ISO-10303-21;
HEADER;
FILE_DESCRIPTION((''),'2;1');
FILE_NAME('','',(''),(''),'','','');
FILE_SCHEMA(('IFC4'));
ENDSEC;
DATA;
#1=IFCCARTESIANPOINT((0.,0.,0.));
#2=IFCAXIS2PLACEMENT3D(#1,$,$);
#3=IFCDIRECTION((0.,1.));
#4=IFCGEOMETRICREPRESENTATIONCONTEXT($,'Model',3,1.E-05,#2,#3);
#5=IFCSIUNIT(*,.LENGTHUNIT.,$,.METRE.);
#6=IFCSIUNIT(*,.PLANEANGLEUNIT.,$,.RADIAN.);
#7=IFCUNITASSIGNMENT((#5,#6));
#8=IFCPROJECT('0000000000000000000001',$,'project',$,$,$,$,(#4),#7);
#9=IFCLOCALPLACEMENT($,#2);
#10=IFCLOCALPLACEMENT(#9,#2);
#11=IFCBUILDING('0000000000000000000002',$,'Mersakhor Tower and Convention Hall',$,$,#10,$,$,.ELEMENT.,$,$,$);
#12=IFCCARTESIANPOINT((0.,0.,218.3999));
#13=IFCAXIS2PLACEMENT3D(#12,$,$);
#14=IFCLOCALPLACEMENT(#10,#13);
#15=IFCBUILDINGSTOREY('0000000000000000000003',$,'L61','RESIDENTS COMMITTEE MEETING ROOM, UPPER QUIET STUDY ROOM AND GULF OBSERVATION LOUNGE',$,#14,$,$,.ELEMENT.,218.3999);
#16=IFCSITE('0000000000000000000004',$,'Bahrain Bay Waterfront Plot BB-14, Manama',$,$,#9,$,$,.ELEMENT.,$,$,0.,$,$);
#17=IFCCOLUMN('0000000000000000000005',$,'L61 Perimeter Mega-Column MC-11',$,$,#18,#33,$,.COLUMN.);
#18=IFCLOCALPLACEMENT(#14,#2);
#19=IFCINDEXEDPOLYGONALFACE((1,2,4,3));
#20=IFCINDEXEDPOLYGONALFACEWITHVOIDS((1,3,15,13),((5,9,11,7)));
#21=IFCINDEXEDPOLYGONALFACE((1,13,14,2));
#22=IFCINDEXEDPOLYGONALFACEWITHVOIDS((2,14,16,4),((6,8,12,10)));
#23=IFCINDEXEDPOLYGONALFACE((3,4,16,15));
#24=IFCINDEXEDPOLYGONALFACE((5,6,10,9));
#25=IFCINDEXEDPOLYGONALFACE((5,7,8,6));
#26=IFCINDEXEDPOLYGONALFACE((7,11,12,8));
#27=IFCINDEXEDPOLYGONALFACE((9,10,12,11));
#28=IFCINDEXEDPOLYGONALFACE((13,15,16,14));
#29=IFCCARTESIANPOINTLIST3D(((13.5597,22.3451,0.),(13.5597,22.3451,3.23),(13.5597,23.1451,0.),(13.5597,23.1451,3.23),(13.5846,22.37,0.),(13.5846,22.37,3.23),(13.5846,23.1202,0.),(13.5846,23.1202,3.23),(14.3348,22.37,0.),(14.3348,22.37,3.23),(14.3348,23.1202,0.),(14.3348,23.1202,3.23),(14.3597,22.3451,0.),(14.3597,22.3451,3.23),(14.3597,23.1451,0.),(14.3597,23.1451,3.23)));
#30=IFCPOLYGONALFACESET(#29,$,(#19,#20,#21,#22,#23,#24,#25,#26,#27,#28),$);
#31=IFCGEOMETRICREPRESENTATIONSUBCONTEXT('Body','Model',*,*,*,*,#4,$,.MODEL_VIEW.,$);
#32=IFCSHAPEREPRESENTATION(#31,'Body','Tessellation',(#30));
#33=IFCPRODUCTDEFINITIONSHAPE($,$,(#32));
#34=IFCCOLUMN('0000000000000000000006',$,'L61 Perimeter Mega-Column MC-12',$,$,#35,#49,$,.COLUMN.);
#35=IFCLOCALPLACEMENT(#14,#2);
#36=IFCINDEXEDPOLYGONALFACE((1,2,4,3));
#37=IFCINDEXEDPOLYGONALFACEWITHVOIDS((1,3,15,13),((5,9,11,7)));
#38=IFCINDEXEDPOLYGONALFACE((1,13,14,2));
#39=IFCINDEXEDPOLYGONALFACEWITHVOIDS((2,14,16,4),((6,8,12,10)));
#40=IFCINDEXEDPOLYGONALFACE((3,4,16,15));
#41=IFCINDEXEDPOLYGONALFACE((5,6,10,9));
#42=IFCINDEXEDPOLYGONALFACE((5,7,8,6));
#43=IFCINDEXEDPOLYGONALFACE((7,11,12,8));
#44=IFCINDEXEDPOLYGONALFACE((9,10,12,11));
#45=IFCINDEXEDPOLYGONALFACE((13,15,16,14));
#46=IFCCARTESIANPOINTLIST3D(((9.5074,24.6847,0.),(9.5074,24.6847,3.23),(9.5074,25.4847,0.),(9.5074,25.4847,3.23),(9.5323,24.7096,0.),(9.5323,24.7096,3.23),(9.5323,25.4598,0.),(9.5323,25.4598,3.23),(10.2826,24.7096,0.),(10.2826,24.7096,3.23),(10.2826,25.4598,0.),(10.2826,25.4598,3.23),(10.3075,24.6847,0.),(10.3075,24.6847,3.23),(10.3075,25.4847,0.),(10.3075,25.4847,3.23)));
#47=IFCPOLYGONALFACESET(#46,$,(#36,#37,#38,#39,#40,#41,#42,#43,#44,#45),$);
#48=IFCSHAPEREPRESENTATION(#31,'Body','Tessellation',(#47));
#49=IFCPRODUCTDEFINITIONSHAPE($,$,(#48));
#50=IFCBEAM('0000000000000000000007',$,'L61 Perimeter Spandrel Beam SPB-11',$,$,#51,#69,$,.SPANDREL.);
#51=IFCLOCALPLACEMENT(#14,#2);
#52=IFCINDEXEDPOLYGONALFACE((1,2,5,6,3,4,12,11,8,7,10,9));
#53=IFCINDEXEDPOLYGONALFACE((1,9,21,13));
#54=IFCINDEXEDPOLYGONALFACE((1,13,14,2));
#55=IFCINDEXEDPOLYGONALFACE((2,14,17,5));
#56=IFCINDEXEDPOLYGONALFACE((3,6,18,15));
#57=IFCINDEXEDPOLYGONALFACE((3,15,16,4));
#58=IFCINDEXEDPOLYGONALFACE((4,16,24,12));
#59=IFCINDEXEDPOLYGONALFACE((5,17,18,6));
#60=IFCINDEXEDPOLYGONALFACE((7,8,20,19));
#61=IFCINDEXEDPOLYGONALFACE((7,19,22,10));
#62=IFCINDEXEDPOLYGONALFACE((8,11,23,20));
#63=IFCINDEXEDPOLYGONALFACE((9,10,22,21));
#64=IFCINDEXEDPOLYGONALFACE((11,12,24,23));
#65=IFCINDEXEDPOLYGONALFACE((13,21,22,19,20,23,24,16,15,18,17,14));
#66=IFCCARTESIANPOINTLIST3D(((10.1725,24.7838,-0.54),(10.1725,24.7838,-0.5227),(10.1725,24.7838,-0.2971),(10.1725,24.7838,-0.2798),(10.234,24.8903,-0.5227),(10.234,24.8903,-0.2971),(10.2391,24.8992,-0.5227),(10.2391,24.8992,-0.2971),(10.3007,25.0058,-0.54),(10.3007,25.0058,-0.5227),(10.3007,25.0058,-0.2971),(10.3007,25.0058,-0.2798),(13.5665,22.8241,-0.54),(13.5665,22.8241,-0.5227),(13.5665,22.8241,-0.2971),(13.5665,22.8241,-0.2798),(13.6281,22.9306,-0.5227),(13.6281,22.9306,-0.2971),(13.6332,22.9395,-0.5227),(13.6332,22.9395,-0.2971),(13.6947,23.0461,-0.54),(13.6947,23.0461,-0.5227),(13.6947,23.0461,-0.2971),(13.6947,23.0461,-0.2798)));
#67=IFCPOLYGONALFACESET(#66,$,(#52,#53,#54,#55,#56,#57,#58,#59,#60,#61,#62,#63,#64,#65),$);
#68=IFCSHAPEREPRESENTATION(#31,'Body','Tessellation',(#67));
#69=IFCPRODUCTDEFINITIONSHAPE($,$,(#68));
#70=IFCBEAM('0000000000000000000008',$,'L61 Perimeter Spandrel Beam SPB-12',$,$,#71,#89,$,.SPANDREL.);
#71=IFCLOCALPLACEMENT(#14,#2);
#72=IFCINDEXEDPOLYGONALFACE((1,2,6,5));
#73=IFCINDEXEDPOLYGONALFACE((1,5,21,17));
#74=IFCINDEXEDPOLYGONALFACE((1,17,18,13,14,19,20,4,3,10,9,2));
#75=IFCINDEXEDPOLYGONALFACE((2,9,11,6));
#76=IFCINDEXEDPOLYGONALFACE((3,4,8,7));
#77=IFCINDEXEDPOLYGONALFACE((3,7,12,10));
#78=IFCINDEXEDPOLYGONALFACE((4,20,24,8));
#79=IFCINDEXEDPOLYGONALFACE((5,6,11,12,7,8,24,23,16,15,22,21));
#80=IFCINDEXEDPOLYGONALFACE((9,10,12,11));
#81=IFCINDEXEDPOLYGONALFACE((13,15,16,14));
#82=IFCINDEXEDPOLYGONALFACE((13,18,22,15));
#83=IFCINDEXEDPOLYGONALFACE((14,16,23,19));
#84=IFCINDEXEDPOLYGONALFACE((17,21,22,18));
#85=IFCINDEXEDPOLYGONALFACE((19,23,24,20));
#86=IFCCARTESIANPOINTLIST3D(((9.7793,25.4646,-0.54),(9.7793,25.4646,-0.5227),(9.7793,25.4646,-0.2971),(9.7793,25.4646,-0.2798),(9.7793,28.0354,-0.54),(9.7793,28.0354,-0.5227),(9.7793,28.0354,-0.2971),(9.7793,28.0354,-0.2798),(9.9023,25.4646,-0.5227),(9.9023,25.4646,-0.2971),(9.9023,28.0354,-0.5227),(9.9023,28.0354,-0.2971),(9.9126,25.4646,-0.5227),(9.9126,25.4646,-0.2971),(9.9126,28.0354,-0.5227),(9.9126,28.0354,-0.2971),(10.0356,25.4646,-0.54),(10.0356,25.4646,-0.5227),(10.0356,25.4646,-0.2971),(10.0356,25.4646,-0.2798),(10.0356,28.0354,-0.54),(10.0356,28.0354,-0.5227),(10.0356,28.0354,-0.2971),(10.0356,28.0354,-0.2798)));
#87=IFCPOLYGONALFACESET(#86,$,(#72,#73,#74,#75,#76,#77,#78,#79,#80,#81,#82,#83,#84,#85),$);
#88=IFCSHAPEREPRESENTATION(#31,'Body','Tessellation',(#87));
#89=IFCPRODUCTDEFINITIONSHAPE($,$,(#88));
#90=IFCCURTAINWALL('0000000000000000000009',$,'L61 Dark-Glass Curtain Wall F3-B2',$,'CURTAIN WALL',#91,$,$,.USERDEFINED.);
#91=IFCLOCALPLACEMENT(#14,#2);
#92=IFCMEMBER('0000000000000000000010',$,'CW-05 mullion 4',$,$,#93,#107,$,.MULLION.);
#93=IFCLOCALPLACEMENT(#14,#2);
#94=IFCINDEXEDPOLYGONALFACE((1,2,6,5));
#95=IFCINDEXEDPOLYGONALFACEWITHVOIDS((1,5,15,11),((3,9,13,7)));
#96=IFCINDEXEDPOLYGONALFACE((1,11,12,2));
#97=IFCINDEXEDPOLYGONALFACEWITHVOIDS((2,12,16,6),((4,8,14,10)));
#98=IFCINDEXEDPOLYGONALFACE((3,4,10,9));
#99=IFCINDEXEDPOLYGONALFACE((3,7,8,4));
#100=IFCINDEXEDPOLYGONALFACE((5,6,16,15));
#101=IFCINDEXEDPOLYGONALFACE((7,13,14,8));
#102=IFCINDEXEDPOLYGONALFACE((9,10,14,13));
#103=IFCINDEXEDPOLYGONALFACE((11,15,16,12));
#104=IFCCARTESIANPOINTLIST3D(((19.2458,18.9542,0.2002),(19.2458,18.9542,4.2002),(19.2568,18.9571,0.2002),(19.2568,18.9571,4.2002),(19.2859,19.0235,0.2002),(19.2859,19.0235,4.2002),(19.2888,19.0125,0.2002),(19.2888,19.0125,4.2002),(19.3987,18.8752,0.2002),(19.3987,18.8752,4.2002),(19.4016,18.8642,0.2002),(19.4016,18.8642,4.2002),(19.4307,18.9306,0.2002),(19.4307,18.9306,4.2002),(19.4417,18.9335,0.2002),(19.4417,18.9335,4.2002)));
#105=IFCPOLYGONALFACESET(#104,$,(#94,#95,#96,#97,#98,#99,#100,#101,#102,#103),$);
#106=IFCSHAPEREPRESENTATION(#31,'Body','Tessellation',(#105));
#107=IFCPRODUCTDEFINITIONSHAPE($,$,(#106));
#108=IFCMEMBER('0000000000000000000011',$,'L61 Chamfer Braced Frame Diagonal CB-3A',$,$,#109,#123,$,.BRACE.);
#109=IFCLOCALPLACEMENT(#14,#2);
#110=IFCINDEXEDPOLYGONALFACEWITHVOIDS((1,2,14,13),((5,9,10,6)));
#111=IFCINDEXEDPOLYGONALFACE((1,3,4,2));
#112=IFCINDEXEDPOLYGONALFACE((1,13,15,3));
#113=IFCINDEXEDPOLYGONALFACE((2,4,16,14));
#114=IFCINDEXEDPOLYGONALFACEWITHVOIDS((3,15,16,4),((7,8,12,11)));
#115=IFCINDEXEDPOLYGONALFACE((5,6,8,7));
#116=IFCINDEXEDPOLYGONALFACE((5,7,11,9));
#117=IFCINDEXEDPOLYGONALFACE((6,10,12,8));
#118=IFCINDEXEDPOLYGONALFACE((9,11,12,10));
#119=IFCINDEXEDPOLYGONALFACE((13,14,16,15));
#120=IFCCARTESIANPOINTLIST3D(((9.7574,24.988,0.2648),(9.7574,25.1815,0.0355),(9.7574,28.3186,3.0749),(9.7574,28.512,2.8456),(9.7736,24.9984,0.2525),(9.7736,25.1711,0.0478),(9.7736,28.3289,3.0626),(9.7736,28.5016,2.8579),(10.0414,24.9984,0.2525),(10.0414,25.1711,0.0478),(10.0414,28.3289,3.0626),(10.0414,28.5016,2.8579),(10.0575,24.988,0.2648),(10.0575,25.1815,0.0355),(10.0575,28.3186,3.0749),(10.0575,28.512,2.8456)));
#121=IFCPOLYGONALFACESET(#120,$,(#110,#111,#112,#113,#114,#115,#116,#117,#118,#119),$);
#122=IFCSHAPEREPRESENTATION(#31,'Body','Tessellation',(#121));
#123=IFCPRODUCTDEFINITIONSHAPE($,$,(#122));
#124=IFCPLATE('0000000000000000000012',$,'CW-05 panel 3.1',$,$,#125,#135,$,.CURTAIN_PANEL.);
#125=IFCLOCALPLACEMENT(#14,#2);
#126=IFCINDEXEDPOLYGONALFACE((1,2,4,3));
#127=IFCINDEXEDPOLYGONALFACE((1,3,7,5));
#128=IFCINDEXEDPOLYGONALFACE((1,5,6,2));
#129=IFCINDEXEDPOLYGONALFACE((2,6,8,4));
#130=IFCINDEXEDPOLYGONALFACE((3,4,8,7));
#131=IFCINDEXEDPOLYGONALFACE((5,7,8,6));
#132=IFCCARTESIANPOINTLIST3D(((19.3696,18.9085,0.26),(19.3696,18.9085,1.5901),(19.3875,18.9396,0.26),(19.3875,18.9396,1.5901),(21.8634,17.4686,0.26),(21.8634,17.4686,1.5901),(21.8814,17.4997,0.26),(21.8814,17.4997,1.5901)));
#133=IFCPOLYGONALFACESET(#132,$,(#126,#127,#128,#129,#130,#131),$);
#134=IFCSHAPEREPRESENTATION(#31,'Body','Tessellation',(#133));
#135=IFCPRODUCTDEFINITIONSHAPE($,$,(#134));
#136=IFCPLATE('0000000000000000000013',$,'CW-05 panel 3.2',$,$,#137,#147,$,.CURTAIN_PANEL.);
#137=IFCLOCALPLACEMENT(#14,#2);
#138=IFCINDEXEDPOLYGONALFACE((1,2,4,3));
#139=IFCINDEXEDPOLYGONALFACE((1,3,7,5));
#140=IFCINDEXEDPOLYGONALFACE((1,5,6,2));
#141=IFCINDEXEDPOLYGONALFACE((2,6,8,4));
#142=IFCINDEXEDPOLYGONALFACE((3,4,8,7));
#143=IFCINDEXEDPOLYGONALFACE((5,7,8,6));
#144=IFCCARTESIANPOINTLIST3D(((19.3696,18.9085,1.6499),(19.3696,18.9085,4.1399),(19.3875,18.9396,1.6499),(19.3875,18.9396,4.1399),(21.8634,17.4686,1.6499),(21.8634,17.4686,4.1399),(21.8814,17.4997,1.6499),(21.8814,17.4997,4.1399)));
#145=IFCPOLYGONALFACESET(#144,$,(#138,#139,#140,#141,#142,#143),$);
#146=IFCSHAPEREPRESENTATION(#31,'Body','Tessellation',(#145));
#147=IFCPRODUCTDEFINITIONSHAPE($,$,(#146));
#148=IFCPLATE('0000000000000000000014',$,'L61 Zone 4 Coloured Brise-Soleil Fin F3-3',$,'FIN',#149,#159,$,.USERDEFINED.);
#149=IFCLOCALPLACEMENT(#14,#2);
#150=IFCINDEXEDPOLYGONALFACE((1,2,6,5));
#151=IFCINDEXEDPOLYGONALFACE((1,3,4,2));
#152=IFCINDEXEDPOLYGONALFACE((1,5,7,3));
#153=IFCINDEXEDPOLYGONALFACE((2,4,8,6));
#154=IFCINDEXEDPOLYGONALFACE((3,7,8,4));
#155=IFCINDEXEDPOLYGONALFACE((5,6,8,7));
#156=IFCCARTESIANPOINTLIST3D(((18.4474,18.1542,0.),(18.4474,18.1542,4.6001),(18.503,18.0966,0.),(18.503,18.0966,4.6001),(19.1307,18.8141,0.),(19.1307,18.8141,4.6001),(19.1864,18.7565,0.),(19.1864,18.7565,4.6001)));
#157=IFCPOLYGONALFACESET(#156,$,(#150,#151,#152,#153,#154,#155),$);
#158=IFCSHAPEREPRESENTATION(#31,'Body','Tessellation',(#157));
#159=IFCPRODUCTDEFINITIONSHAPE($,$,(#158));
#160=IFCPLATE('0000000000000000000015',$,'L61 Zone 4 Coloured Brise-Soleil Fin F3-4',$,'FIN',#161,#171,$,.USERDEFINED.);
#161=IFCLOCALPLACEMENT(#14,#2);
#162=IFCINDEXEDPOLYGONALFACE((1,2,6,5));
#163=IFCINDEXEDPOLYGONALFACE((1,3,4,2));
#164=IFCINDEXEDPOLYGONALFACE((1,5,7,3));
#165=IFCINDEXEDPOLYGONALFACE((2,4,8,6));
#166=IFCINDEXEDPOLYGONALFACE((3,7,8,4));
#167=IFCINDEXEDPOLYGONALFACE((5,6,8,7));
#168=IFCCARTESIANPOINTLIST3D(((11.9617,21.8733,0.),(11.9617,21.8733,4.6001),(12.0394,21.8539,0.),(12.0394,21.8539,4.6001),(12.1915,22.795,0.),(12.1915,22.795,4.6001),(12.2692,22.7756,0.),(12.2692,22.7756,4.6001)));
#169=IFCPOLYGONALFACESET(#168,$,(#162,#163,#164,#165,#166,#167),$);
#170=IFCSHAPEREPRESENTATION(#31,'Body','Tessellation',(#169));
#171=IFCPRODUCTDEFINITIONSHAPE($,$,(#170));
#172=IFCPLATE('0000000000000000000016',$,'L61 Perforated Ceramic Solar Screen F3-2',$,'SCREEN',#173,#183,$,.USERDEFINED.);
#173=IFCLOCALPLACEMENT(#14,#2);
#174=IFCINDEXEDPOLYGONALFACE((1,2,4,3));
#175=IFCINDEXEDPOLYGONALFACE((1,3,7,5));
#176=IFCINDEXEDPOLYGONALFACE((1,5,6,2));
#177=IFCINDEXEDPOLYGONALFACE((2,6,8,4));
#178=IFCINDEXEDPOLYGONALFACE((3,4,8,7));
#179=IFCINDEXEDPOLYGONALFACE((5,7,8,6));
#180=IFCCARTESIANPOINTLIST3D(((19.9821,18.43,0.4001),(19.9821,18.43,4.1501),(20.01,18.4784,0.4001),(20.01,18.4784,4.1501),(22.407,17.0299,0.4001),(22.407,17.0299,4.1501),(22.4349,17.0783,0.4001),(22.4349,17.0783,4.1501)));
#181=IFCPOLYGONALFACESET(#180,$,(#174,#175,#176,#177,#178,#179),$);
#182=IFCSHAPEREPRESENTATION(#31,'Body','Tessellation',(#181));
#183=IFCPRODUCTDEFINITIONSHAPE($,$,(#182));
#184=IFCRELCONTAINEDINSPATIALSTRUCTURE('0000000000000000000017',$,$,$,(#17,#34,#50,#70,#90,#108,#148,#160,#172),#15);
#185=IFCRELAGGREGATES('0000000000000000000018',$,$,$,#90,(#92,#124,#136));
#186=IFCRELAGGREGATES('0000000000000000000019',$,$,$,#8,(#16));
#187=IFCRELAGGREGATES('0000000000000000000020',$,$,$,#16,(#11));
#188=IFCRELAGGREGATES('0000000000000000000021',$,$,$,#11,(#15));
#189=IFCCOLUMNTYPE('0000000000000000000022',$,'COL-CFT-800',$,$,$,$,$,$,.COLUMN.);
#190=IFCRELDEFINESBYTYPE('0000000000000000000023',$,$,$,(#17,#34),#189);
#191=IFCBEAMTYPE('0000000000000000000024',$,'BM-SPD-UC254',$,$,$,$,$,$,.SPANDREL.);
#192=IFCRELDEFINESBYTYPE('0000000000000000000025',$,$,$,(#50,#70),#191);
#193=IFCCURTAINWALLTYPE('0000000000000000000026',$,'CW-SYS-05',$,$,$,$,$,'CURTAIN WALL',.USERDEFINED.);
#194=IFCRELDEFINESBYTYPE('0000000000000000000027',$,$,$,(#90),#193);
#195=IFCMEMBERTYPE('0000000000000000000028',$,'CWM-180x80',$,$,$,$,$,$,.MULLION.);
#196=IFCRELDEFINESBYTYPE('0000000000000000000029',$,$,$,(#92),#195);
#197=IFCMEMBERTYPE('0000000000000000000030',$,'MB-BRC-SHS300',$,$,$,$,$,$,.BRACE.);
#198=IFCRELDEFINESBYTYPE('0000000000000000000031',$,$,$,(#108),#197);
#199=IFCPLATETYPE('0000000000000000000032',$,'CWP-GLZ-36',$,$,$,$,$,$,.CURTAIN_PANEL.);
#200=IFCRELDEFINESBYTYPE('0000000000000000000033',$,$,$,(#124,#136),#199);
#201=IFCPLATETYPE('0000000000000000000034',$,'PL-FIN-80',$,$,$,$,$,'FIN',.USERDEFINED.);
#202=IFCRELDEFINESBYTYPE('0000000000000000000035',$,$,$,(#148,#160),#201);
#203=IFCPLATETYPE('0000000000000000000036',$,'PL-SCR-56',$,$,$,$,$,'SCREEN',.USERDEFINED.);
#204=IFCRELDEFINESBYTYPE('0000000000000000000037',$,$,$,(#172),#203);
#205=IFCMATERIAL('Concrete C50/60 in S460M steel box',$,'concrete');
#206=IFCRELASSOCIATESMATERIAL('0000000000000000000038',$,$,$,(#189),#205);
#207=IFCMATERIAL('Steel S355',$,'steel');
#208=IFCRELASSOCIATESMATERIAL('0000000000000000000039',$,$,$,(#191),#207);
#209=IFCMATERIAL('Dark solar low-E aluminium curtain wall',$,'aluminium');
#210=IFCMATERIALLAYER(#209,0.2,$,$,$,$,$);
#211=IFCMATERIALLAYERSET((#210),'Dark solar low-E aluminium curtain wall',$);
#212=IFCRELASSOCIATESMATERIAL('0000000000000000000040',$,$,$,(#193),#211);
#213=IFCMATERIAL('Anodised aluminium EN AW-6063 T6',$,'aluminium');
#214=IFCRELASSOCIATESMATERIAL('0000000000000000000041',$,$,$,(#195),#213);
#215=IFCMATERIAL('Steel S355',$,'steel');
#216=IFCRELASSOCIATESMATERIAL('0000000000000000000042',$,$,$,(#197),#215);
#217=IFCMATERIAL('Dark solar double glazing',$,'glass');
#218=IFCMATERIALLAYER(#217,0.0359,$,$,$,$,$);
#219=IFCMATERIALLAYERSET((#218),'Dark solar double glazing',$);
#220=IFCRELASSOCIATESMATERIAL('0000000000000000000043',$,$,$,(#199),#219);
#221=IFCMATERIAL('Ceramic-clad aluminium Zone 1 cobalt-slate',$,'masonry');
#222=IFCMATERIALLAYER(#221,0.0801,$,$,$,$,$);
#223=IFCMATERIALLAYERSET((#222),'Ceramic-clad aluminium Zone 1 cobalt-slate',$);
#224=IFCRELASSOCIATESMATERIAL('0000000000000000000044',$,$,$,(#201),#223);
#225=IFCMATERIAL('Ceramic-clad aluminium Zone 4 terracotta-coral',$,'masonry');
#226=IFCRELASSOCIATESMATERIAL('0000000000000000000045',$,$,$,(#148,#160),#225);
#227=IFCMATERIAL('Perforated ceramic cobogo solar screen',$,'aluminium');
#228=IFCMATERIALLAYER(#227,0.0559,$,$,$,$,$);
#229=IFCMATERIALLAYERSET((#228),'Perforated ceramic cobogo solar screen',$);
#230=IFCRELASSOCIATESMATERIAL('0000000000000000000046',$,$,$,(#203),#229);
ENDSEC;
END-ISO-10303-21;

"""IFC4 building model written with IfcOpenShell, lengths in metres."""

from ifc_helpers import new_model, si_unit, direction, frame, origin, origin_2d, place, context, subcontext, project, spatial, rectangle, hollow_rectangle, i_section, extrude, material, layer, layer_set, material_profile, profile_set, type_object, element, aggregate, save


model = new_model("IFC4")

# Units and contexts
model_context = context("Model", 3, precision=1e-05, world=origin(), true_north=direction((0.0, 1.0)))
body_context = subcontext(model_context, "Body", "Model", "MODEL_VIEW")
ifc_project = project(units=[si_unit("LENGTHUNIT", "METRE"), si_unit("PLANEANGLEUNIT", "RADIAN")], contexts=[model_context])

# Site, building, storey
site_placement = place(None, origin())
site = spatial("IfcSite", under=ifc_project, at=site_placement, Name="Bahrain Bay Waterfront Plot BB-14, Manama", CompositionType="ELEMENT", RefElevation=0.0)
building_placement = place(site_placement, origin())
building = spatial("IfcBuilding", under=site, at=building_placement, Name="Mersakhor Tower and Convention Hall", CompositionType="ELEMENT")
storey_placement = place(building_placement, frame((0.0, 0.0, 218.3999)))
storey = spatial("IfcBuildingStorey", under=building, at=storey_placement, Name="L61", Description="RESIDENTS COMMITTEE MEETING ROOM, UPPER QUIET STUDY ROOM AND GULF OBSERVATION LOUNGE", CompositionType="ELEMENT", Elevation=218.3999)

# Columns
ifc_material_1 = material(Name="Concrete C50/60 in S460M steel box", Category="concrete")
ifc_material_profile_1 = material_profile(ifc_material_1, hollow_rectangle(XDim=0.8, YDim=0.8, WallThickness=0.0249, at=origin_2d()), Name="SHS 800x800x25")
ifc_profile_set_1 = profile_set([ifc_material_profile_1], Name="Concrete C50/60 in S460M steel box")
column_type = type_object("IfcColumnType", Name="COL-CFT-800", PredefinedType="COLUMN", material=ifc_profile_set_1)
for number, where, z_axis, x_axis, name in (
    (1, (13.9597, 22.7451, 0.0), (0.0, 0.0, 1.0), (1.0, 0.0, 0.0), "L61 Perimeter Mega-Column MC-11"),
    (2, (9.9075, 25.0847, 0.0), (0.0, 0.0, 1.0), (1.0, 0.0, 0.0), "L61 Perimeter Mega-Column MC-12"),
):
    element("IfcColumn", number, at=place(storey_placement, frame(where, z_axis=z_axis, x_axis=x_axis)), inside=storey, type_object=column_type, Name=name, PredefinedType="COLUMN", context=body_context, shape_type="SweptSolid", body=[
        extrude(hollow_rectangle(XDim=0.8, YDim=0.8, WallThickness=0.0249, at=origin_2d()), origin(), (0.0, 0.0, 1.0), 3.23),
    ])

# Beams
ifc_material_2 = material(Name="Steel S355", Category="steel")
ifc_material_profile_2 = material_profile(ifc_material_2, i_section(OverallWidth=0.2563, OverallDepth=0.2603, WebThickness=0.0103, FlangeThickness=0.0173, at=origin_2d()), Name="UC 254x254x89")
ifc_profile_set_2 = profile_set([ifc_material_profile_2], Name="Steel S355")
beam_type = type_object("IfcBeamType", Name="BM-SPD-UC254", PredefinedType="SPANDREL", material=ifc_profile_set_2)
beam_1_placement = place(storey_placement, frame((13.6306, 22.9351, -0.4099), z_axis=(-0.866007, 0.500032, 0.0), x_axis=(-0.500032, -0.866007, 0.0)))
element("IfcBeam", 3, at=beam_1_placement, inside=storey, type_object=beam_type, Name="L61 Perimeter Spandrel Beam SPB-11", PredefinedType="SPANDREL", context=body_context, shape_type="SweptSolid", body=[
    extrude(i_section(OverallWidth=0.2563, OverallDepth=0.2603, WebThickness=0.0103, FlangeThickness=0.0173, at=origin_2d()), origin(), (0.0, 0.0, 1.0), 3.9192),
])
beam_2_placement = place(storey_placement, frame((9.9075, 25.4646, -0.4099), z_axis=(0.0, 1.0, 0.0), x_axis=(-1.0, 0.0, 0.0)))
element("IfcBeam", 4, at=beam_2_placement, inside=storey, type_object=beam_type, Name="L61 Perimeter Spandrel Beam SPB-12", PredefinedType="SPANDREL", context=body_context, shape_type="SweptSolid", body=[
    extrude(i_section(OverallWidth=0.2563, OverallDepth=0.2603, WebThickness=0.0103, FlangeThickness=0.0173, at=origin_2d()), origin(), (0.0, 0.0, 1.0), 2.5708),
])

# Curtain wall, member
ifc_material_3 = material(Name="Dark solar low-E aluminium curtain wall", Category="aluminium")
ifc_layer_1 = layer(ifc_material_3, 0.2)
ifc_layer_set_1 = layer_set([ifc_layer_1], Name="Dark solar low-E aluminium curtain wall")
curtain_wall_type = type_object("IfcCurtainWallType", Name="CW-SYS-05", ElementType="CURTAIN WALL", PredefinedType="USERDEFINED", material=ifc_layer_set_1)
curtain_wall_placement = place(storey_placement, origin())
curtain_wall = element("IfcCurtainWall", 5, at=curtain_wall_placement, inside=storey, type_object=curtain_wall_type, Name="L61 Dark-Glass Curtain Wall F3-B2", ObjectType="CURTAIN WALL", PredefinedType="USERDEFINED")
ifc_material_4 = material(Name="Anodised aluminium EN AW-6063 T6", Category="aluminium")
ifc_material_profile_3 = material_profile(ifc_material_4, hollow_rectangle(XDim=0.0801, YDim=0.1799, WallThickness=0.0081, at=origin_2d()), Name="RHS 180x80x8")
ifc_profile_set_3 = profile_set([ifc_material_profile_3], Name="Anodised aluminium EN AW-6063 T6")
member_type_1 = type_object("IfcMemberType", Name="CWM-180x80", PredefinedType="MULLION", material=ifc_profile_set_3)
member_1_placement = place(storey_placement, frame((19.3438, 18.9438, 0.2002), z_axis=(0.0, 0.0, 1.0), x_axis=(-0.500008, -0.866021, 0.0)))
member_1 = element("IfcMember", 6, at=member_1_placement, type_object=member_type_1, Name="CW-05 mullion 4", PredefinedType="MULLION", context=body_context, shape_type="SweptSolid", body=[
    extrude(hollow_rectangle(XDim=0.0801, YDim=0.1799, WallThickness=0.0081, at=origin_2d()), origin(), (0.0, 0.0, 1.0), 4.0),
])

# Member
ifc_material_5 = material(Name="Steel S355", Category="steel")
ifc_material_profile_4 = material_profile(ifc_material_5, hollow_rectangle(XDim=0.3, YDim=0.3, WallThickness=0.0161, at=origin_2d()), Name="SHS 300x300x16")
ifc_profile_set_4 = profile_set([ifc_material_profile_4], Name="Steel S355")
member_type_2 = type_object("IfcMemberType", Name="MB-BRC-SHS300", PredefinedType="BRACE", material=ifc_profile_set_4)
member_2_placement = place(storey_placement, frame((9.9075, 25.0847, 0.1501), z_axis=(0.0, 0.764304, 0.644857), x_axis=(-1.0, 0.0, 0.0)))
element("IfcMember", 7, at=member_2_placement, inside=storey, type_object=member_type_2, Name="L61 Chamfer Braced Frame Diagonal CB-3A", PredefinedType="BRACE", context=body_context, shape_type="SweptSolid", body=[
    extrude(hollow_rectangle(XDim=0.3, YDim=0.3, WallThickness=0.0161, at=origin_2d()), origin(), (0.0, 0.0, 1.0), 4.3577),
])

# Plates
ifc_material_6 = material(Name="Dark solar double glazing", Category="glass")
ifc_layer_2 = layer(ifc_material_6, 0.0359)
ifc_layer_set_2 = layer_set([ifc_layer_2], Name="Dark solar double glazing")
plate_type_1 = type_object("IfcPlateType", Name="CWP-GLZ-36", PredefinedType="CURTAIN_PANEL", material=ifc_layer_set_2)
plate_1_placement = place(storey_placement, frame((20.6255, 18.2041, 0.26), z_axis=(0.0, 0.0, 1.0), x_axis=(-0.866021, 0.500008, 0.0)))
plate_1 = element("IfcPlate", 8, at=plate_1_placement, type_object=plate_type_1, Name="CW-05 panel 3.1", PredefinedType="CURTAIN_PANEL", context=body_context, shape_type="SweptSolid", body=[
    extrude(rectangle(XDim=2.8796, YDim=0.0359, at=origin_2d()), origin(), (0.0, 0.0, 1.0), 1.3301),
])
plate_2_placement = place(storey_placement, frame((20.6255, 18.2041, 1.6499), z_axis=(0.0, 0.0, 1.0), x_axis=(-0.866021, 0.500008, 0.0)))
plate_2 = element("IfcPlate", 9, at=plate_2_placement, type_object=plate_type_1, Name="CW-05 panel 3.2", PredefinedType="CURTAIN_PANEL", context=body_context, shape_type="SweptSolid", body=[
    extrude(rectangle(XDim=2.8796, YDim=0.0359, at=origin_2d()), origin(), (0.0, 0.0, 1.0), 2.49),
])
aggregate(curtain_wall, [member_1, plate_1, plate_2])

# Plates
ifc_material_7 = material(Name="Ceramic-clad aluminium Zone 4 terracotta-coral", Category="masonry")
ifc_material_8 = material(Name="Ceramic-clad aluminium Zone 1 cobalt-slate", Category="masonry")
ifc_layer_3 = layer(ifc_material_8, 0.0801)
ifc_layer_set_3 = layer_set([ifc_layer_3], Name="Ceramic-clad aluminium Zone 1 cobalt-slate")
plate_type_2 = type_object("IfcPlateType", Name="PL-FIN-80", ElementType="FIN", PredefinedType="USERDEFINED", material=ifc_layer_set_3)
for number, where, z_axis, x_axis, name in (
    (10, (18.8169, 18.4553, 0.0), (0.0, 0.0, 1.0), (-0.71934, -0.694658, 0.0), "L61 Zone 4 Coloured Brise-Soleil Fin F3-3"),
    (11, (12.1155, 22.3245, 0.0), (0.0, 0.0, 1.0), (-0.241922, -0.970296, 0.0), "L61 Zone 4 Coloured Brise-Soleil Fin F3-4"),
):
    element("IfcPlate", number, at=place(storey_placement, frame(where, z_axis=z_axis, x_axis=x_axis)), inside=storey, type_object=plate_type_2, material=ifc_material_7, Name=name, ObjectType="FIN", PredefinedType="USERDEFINED", context=body_context, shape_type="SweptSolid", body=[
        extrude(rectangle(XDim=0.95, YDim=0.0801, at=origin_2d()), origin(), (0.0, 0.0, 1.0), 4.6001),
    ])
ifc_material_9 = material(Name="Perforated ceramic cobogo solar screen", Category="aluminium")
ifc_layer_4 = layer(ifc_material_9, 0.0559)
ifc_layer_set_4 = layer_set([ifc_layer_4], Name="Perforated ceramic cobogo solar screen")
plate_type_3 = type_object("IfcPlateType", Name="PL-SCR-56", ElementType="SCREEN", PredefinedType="USERDEFINED", material=ifc_layer_set_4)
plate_3_placement = place(storey_placement, frame((21.2085, 17.7542, 0.4001), z_axis=(0.0, 0.0, 1.0), x_axis=(-0.866025, 0.5, 0.0)))
element("IfcPlate", 12, at=plate_3_placement, inside=storey, type_object=plate_type_3, Name="L61 Perforated Ceramic Solar Screen F3-2", ObjectType="SCREEN", PredefinedType="USERDEFINED", context=body_context, shape_type="SweptSolid", body=[
    extrude(rectangle(XDim=2.8, YDim=0.0559, at=origin_2d()), origin(), (0.0, 0.0, 1.0), 3.75),
])

save(model, "model.ifc")
